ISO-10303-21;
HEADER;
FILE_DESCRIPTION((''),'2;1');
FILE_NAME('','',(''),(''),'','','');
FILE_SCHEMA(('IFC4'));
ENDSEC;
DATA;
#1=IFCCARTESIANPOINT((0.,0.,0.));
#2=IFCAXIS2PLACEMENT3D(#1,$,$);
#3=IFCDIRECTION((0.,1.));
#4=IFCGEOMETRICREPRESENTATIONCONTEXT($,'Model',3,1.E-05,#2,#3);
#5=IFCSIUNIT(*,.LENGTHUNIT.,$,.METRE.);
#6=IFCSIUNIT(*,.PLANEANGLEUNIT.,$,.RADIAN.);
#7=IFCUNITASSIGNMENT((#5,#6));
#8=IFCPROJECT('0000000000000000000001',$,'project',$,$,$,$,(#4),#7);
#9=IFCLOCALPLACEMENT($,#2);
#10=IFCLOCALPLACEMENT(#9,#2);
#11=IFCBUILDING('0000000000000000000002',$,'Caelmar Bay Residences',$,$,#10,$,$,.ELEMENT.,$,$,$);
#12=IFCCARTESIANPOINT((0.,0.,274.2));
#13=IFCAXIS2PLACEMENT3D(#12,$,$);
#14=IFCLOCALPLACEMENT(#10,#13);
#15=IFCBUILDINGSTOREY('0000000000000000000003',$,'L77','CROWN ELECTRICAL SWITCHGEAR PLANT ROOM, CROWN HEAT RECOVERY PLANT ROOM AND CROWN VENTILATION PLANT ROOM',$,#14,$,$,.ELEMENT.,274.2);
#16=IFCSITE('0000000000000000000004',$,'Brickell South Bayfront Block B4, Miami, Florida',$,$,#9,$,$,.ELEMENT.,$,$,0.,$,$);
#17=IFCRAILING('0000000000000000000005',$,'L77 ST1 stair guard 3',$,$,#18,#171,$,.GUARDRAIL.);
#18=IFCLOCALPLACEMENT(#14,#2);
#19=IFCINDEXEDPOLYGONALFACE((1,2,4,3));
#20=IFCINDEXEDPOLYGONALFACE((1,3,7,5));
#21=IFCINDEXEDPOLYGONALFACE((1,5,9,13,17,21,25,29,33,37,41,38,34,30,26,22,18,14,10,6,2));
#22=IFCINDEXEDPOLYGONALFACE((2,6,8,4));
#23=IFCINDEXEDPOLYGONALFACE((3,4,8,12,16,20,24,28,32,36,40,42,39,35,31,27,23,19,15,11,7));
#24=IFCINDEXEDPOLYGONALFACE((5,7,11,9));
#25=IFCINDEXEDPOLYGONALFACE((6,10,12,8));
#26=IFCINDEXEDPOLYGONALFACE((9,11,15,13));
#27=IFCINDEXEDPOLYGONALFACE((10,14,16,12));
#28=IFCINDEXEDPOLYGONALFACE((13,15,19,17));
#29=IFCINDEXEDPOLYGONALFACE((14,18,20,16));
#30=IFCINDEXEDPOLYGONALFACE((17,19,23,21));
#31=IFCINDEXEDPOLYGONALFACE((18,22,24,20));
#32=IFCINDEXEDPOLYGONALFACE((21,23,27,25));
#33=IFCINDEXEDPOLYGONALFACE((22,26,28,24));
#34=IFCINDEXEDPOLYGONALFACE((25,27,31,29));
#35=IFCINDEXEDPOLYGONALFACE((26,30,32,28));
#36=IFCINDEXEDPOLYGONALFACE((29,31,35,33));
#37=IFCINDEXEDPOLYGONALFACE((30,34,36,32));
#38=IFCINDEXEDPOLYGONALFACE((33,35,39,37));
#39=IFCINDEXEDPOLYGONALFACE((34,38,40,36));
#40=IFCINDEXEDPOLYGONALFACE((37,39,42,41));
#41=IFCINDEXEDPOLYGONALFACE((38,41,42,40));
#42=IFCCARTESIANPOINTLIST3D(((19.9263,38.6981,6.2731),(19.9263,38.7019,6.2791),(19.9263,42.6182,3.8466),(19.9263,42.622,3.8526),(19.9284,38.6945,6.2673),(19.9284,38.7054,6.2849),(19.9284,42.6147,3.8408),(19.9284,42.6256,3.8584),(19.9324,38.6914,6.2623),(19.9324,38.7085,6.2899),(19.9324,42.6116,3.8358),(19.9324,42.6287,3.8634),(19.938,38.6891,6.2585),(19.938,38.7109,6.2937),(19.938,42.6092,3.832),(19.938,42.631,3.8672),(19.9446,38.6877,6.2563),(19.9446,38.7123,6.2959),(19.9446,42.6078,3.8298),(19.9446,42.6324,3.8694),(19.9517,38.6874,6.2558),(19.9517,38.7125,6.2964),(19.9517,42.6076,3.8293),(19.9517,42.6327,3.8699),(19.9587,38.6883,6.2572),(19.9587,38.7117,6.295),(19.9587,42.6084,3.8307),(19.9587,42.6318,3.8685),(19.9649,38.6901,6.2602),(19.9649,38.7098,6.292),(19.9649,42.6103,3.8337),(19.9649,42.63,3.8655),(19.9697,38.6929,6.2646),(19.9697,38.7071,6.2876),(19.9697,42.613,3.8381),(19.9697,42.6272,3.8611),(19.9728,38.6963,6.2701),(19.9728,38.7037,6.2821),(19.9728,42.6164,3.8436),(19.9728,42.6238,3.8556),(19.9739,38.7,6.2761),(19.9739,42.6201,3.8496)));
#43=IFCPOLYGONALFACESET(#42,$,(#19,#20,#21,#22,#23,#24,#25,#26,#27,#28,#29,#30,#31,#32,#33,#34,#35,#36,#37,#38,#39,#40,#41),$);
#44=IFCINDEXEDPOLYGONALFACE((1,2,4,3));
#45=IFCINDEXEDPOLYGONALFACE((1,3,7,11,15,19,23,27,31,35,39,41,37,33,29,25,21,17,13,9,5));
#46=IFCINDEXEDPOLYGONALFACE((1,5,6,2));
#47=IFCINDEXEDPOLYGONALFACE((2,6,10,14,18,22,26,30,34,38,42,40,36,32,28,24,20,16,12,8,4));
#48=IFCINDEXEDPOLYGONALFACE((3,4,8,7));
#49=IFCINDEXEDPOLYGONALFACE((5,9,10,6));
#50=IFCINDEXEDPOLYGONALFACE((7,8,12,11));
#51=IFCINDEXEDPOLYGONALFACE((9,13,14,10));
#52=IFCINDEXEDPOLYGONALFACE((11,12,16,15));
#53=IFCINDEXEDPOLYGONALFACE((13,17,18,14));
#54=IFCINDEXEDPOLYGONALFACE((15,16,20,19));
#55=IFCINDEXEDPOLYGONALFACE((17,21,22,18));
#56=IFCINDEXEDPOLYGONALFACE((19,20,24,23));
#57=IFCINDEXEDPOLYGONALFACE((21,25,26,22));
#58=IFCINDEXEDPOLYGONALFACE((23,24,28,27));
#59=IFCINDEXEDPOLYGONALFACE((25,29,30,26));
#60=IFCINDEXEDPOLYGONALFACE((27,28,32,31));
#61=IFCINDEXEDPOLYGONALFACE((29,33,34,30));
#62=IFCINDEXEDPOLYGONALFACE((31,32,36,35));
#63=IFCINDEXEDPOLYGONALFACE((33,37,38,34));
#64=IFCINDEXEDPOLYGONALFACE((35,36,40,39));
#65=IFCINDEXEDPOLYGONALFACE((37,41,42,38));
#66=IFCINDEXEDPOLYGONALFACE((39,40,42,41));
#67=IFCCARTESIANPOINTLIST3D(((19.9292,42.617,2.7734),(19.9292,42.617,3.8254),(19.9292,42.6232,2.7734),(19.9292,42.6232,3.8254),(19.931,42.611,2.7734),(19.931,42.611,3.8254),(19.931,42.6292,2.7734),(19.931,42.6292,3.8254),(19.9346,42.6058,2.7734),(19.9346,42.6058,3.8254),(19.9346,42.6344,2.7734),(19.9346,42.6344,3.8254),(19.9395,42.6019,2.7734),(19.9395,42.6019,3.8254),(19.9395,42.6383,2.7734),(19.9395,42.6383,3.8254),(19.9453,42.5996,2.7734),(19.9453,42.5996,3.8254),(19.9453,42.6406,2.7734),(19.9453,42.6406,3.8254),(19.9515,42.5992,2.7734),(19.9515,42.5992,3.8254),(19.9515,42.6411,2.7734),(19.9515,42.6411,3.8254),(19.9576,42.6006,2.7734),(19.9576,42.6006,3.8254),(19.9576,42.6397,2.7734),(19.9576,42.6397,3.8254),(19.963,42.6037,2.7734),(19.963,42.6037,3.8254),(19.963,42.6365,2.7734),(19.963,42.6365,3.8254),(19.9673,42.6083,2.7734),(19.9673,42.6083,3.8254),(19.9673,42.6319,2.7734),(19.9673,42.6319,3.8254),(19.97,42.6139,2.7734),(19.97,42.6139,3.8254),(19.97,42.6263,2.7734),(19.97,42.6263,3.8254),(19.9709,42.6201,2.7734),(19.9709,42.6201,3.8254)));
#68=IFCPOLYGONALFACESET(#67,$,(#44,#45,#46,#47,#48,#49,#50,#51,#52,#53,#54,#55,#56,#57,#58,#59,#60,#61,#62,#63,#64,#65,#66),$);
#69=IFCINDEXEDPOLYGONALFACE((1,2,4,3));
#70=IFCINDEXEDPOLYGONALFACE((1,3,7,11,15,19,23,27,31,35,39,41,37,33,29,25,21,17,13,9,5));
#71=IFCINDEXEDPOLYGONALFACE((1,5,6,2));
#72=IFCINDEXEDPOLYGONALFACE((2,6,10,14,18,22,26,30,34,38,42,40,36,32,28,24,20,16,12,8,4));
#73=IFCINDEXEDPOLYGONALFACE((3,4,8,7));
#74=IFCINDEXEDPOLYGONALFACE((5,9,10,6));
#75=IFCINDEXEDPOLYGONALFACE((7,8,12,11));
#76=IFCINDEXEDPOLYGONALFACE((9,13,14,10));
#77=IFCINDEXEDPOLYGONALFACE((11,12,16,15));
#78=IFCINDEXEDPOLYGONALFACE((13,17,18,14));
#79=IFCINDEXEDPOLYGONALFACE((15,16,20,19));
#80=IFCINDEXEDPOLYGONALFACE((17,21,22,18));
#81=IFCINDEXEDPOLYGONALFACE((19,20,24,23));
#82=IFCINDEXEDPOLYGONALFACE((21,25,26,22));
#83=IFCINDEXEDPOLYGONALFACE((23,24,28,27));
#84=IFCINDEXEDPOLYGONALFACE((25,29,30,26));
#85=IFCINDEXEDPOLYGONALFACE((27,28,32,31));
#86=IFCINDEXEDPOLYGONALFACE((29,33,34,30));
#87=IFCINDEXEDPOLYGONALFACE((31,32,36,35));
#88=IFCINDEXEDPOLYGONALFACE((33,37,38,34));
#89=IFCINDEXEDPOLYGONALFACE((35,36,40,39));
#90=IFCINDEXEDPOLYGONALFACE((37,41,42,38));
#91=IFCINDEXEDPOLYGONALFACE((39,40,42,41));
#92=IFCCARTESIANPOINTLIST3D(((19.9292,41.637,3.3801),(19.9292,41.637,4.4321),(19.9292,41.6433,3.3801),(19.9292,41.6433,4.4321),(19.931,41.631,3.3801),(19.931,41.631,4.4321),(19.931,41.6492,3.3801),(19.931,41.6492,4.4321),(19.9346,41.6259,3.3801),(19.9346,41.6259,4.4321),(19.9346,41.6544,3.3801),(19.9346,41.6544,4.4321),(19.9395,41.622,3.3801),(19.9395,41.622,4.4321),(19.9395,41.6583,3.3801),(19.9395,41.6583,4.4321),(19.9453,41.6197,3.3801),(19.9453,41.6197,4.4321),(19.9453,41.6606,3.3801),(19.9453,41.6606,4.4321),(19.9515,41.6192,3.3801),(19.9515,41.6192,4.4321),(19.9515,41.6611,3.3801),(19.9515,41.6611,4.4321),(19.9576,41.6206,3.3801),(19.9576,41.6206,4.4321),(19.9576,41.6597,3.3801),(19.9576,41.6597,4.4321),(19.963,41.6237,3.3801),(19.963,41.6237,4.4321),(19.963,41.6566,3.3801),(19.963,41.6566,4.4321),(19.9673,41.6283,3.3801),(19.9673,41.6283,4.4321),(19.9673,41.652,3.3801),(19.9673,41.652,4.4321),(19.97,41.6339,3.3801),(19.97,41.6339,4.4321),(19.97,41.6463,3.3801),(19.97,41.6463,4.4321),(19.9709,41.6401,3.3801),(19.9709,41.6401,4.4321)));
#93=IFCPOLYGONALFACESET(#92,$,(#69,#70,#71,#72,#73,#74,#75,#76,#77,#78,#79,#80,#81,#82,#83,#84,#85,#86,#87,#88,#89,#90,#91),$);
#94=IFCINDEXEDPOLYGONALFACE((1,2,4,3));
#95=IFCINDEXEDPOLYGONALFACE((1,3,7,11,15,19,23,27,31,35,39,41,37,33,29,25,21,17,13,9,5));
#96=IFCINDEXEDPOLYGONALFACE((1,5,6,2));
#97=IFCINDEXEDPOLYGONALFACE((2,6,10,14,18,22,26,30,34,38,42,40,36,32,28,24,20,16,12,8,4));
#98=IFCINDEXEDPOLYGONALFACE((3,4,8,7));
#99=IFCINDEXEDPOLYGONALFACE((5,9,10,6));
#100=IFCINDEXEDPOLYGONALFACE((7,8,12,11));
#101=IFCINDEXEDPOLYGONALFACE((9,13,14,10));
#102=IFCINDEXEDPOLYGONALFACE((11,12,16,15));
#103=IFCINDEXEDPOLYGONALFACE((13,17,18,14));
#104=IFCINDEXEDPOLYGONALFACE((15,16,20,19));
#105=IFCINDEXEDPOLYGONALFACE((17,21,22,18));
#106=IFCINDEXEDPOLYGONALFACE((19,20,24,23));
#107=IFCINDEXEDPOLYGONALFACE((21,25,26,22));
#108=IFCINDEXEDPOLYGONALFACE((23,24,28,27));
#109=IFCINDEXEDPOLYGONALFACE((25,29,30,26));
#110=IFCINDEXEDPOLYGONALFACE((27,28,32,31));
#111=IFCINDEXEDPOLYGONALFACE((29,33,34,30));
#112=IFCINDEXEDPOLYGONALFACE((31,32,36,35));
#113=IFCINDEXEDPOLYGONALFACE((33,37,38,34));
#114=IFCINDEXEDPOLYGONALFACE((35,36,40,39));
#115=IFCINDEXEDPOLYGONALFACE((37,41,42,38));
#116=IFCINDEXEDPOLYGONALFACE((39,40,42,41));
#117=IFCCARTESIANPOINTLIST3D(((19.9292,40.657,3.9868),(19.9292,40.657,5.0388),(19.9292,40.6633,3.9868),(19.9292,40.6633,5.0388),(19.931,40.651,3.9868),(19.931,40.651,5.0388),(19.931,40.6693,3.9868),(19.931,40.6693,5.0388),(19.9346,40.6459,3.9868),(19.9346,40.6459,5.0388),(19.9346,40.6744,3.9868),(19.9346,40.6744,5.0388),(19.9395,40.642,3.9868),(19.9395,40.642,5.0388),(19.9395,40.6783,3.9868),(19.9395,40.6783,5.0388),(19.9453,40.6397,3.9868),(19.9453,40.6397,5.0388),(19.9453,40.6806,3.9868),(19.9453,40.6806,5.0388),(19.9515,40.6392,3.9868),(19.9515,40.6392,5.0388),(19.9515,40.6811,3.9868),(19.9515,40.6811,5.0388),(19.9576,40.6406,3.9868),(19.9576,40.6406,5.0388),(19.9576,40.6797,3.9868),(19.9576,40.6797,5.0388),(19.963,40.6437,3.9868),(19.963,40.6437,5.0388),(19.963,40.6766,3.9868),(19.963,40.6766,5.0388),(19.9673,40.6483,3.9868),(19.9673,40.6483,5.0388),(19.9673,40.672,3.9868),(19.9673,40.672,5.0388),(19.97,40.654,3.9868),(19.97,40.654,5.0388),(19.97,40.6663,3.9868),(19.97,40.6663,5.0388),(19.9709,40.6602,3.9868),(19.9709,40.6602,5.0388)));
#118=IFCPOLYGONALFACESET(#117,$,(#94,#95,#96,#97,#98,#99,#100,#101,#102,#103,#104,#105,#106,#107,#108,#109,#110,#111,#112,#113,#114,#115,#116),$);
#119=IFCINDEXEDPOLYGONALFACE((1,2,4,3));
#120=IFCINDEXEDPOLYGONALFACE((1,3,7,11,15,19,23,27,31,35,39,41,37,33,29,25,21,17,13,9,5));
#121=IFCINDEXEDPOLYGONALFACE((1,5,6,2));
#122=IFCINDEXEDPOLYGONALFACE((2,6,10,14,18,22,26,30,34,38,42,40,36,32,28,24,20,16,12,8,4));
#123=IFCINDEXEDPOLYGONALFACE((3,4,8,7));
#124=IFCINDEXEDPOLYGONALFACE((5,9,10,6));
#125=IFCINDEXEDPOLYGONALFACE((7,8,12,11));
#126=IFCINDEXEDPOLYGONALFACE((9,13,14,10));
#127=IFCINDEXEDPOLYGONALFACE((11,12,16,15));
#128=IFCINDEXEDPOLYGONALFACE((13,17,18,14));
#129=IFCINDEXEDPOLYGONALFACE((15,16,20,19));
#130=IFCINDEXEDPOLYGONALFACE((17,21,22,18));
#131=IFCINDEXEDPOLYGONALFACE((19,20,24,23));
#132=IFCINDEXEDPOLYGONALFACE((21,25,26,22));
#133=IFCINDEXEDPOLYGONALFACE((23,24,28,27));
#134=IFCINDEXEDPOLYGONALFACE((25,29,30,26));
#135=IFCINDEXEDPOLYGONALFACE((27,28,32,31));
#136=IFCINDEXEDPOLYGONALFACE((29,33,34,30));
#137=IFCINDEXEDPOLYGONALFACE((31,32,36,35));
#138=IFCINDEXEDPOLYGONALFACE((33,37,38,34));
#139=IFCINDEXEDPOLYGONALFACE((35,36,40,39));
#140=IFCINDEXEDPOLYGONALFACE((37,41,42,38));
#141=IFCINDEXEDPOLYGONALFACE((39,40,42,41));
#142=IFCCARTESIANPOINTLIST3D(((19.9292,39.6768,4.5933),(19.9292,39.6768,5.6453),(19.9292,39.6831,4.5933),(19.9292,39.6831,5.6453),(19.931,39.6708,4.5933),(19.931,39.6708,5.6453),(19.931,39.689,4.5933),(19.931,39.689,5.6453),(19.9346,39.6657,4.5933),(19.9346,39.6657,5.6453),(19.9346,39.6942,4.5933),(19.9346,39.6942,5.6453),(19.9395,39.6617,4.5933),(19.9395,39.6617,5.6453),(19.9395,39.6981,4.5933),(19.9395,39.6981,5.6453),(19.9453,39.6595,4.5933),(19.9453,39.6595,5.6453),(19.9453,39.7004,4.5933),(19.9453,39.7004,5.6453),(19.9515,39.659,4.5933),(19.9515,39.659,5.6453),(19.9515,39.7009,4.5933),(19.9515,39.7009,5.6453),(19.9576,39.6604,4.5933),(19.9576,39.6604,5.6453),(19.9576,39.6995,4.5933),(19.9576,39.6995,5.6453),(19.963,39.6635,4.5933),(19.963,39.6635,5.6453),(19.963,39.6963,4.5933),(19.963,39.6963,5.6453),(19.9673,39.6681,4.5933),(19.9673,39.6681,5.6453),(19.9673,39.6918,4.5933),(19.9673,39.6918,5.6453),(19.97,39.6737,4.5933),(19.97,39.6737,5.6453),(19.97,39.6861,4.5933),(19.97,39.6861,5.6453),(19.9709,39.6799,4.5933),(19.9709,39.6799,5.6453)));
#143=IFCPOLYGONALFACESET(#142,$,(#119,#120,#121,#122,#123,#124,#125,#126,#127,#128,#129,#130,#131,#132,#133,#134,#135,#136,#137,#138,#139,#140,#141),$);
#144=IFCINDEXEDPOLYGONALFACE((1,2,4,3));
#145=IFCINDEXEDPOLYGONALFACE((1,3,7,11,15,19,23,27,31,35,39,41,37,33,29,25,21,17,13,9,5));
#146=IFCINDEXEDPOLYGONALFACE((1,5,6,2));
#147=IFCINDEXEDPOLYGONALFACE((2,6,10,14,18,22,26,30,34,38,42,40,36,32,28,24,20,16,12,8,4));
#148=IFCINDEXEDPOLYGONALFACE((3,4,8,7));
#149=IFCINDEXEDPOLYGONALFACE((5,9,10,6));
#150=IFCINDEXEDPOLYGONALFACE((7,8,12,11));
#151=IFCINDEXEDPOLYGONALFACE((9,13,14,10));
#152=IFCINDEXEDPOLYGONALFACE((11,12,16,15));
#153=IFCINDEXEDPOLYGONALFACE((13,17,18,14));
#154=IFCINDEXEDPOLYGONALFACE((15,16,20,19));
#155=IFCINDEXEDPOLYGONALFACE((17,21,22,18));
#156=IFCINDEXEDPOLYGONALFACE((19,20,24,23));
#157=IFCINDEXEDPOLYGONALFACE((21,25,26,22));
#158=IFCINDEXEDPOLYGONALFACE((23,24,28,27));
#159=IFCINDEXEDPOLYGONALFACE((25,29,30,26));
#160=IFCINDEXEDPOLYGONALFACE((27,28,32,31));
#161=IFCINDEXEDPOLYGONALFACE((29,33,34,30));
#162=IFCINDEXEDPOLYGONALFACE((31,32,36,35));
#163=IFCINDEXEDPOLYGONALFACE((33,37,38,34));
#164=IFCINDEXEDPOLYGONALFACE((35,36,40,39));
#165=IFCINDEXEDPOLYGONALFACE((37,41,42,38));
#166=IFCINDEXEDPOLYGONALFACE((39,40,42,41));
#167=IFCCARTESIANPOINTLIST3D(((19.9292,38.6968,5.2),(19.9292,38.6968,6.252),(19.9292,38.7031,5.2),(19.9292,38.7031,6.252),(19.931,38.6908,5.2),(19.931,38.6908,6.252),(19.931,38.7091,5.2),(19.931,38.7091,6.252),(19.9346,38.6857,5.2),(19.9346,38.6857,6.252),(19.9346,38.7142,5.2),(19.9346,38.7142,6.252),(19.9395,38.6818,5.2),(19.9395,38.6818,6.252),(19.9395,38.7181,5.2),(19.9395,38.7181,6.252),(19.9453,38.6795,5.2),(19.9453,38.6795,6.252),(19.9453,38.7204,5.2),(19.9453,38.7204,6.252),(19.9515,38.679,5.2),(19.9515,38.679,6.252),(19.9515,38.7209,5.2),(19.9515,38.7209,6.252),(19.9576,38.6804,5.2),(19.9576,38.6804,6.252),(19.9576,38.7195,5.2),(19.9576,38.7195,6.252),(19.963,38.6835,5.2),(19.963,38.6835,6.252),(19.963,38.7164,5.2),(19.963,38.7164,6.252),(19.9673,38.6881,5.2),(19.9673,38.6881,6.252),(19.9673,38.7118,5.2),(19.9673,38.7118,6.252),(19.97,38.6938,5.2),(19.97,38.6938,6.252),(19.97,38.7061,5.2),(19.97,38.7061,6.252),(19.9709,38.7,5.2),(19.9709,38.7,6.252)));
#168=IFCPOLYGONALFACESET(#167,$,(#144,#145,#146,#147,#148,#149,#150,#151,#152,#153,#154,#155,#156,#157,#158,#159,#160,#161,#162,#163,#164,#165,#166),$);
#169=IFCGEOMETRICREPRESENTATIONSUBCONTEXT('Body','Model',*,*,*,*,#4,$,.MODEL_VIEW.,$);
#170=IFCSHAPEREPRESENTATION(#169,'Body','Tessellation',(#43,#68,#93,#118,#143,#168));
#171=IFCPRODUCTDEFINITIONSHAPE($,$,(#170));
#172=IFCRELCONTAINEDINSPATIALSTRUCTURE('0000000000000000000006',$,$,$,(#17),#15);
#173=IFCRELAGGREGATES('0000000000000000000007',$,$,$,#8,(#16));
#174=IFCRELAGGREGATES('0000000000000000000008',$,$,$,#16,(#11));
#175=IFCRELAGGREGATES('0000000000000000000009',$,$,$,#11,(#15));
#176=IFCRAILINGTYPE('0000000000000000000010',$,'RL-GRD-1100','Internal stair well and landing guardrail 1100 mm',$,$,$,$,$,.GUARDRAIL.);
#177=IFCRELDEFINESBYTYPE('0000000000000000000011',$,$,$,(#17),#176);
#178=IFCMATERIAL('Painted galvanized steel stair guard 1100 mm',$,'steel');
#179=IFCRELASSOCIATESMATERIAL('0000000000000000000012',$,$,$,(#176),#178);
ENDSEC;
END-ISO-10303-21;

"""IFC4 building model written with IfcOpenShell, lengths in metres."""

from ifc_helpers import new_model, si_unit, direction, frame, origin, origin_2d, place, context, subcontext, project, spatial, circle, extrude, material, type_object, element, save


model = new_model("IFC4")

# Units and contexts
model_context = context("Model", 3, precision=1e-05, world=origin(), true_north=direction((0.0, 1.0)))
body_context = subcontext(model_context, "Body", "Model", "MODEL_VIEW")
ifc_project = project(units=[si_unit("LENGTHUNIT", "METRE"), si_unit("PLANEANGLEUNIT", "RADIAN")], contexts=[model_context])

# Site, building, storey
site_placement = place(None, origin())
site = spatial("IfcSite", under=ifc_project, at=site_placement, Name="Brickell South Bayfront Block B4, Miami, Florida", CompositionType="ELEMENT", RefElevation=0.0)
building_placement = place(site_placement, origin())
building = spatial("IfcBuilding", under=site, at=building_placement, Name="Caelmar Bay Residences", CompositionType="ELEMENT")
storey_placement = place(building_placement, frame((0.0, 0.0, 274.2)))
storey = spatial("IfcBuildingStorey", under=building, at=storey_placement, Name="L77", Description="CROWN ELECTRICAL SWITCHGEAR PLANT ROOM, CROWN HEAT RECOVERY PLANT ROOM AND CROWN VENTILATION PLANT ROOM", CompositionType="ELEMENT", Elevation=274.2)

# Railing
ifc_material_1 = material(Name="Painted galvanized steel stair guard 1100 mm", Category="steel")
railing_type_1 = type_object("IfcRailingType", Name="RL-GRD-1100", Description="Internal stair well and landing guardrail 1100 mm", PredefinedType="GUARDRAIL", material=ifc_material_1)
railing_1_placement = place(storey_placement, frame((19.95, 42.6201, 2.7734)))
element("IfcRailing", 1, at=railing_1_placement, inside=storey, type_object=railing_type_1, Name="L77 ST1 stair guard 3", PredefinedType="GUARDRAIL", context=body_context, shape_type="SweptSolid", body=[
    extrude(circle(Radius=0.0239, at=origin_2d()), frame((0.0, 0.0, 1.0762), z_axis=(0.0, -0.85029, 0.526315), x_axis=(1.0, 0.0, 0.0)), (0.0, 0.0, 1.0), 4.6104),
    extrude(circle(Radius=0.021, at=origin_2d()), origin(), (0.0, 0.0, 1.0), 1.052),
    extrude(circle(Radius=0.021, at=origin_2d()), frame((0.0, -0.98, 0.6067)), (0.0, 0.0, 1.0), 1.052),
    extrude(circle(Radius=0.021, at=origin_2d()), frame((0.0, -1.96, 1.2134)), (0.0, 0.0, 1.0), 1.052),
    extrude(circle(Radius=0.021, at=origin_2d()), frame((0.0, -2.9402, 1.8198)), (0.0, 0.0, 1.0), 1.052),
    extrude(circle(Radius=0.021, at=origin_2d()), frame((0.0, -3.9202, 2.4265)), (0.0, 0.0, 1.0), 1.052),
])

save(model, "model.ifc")
